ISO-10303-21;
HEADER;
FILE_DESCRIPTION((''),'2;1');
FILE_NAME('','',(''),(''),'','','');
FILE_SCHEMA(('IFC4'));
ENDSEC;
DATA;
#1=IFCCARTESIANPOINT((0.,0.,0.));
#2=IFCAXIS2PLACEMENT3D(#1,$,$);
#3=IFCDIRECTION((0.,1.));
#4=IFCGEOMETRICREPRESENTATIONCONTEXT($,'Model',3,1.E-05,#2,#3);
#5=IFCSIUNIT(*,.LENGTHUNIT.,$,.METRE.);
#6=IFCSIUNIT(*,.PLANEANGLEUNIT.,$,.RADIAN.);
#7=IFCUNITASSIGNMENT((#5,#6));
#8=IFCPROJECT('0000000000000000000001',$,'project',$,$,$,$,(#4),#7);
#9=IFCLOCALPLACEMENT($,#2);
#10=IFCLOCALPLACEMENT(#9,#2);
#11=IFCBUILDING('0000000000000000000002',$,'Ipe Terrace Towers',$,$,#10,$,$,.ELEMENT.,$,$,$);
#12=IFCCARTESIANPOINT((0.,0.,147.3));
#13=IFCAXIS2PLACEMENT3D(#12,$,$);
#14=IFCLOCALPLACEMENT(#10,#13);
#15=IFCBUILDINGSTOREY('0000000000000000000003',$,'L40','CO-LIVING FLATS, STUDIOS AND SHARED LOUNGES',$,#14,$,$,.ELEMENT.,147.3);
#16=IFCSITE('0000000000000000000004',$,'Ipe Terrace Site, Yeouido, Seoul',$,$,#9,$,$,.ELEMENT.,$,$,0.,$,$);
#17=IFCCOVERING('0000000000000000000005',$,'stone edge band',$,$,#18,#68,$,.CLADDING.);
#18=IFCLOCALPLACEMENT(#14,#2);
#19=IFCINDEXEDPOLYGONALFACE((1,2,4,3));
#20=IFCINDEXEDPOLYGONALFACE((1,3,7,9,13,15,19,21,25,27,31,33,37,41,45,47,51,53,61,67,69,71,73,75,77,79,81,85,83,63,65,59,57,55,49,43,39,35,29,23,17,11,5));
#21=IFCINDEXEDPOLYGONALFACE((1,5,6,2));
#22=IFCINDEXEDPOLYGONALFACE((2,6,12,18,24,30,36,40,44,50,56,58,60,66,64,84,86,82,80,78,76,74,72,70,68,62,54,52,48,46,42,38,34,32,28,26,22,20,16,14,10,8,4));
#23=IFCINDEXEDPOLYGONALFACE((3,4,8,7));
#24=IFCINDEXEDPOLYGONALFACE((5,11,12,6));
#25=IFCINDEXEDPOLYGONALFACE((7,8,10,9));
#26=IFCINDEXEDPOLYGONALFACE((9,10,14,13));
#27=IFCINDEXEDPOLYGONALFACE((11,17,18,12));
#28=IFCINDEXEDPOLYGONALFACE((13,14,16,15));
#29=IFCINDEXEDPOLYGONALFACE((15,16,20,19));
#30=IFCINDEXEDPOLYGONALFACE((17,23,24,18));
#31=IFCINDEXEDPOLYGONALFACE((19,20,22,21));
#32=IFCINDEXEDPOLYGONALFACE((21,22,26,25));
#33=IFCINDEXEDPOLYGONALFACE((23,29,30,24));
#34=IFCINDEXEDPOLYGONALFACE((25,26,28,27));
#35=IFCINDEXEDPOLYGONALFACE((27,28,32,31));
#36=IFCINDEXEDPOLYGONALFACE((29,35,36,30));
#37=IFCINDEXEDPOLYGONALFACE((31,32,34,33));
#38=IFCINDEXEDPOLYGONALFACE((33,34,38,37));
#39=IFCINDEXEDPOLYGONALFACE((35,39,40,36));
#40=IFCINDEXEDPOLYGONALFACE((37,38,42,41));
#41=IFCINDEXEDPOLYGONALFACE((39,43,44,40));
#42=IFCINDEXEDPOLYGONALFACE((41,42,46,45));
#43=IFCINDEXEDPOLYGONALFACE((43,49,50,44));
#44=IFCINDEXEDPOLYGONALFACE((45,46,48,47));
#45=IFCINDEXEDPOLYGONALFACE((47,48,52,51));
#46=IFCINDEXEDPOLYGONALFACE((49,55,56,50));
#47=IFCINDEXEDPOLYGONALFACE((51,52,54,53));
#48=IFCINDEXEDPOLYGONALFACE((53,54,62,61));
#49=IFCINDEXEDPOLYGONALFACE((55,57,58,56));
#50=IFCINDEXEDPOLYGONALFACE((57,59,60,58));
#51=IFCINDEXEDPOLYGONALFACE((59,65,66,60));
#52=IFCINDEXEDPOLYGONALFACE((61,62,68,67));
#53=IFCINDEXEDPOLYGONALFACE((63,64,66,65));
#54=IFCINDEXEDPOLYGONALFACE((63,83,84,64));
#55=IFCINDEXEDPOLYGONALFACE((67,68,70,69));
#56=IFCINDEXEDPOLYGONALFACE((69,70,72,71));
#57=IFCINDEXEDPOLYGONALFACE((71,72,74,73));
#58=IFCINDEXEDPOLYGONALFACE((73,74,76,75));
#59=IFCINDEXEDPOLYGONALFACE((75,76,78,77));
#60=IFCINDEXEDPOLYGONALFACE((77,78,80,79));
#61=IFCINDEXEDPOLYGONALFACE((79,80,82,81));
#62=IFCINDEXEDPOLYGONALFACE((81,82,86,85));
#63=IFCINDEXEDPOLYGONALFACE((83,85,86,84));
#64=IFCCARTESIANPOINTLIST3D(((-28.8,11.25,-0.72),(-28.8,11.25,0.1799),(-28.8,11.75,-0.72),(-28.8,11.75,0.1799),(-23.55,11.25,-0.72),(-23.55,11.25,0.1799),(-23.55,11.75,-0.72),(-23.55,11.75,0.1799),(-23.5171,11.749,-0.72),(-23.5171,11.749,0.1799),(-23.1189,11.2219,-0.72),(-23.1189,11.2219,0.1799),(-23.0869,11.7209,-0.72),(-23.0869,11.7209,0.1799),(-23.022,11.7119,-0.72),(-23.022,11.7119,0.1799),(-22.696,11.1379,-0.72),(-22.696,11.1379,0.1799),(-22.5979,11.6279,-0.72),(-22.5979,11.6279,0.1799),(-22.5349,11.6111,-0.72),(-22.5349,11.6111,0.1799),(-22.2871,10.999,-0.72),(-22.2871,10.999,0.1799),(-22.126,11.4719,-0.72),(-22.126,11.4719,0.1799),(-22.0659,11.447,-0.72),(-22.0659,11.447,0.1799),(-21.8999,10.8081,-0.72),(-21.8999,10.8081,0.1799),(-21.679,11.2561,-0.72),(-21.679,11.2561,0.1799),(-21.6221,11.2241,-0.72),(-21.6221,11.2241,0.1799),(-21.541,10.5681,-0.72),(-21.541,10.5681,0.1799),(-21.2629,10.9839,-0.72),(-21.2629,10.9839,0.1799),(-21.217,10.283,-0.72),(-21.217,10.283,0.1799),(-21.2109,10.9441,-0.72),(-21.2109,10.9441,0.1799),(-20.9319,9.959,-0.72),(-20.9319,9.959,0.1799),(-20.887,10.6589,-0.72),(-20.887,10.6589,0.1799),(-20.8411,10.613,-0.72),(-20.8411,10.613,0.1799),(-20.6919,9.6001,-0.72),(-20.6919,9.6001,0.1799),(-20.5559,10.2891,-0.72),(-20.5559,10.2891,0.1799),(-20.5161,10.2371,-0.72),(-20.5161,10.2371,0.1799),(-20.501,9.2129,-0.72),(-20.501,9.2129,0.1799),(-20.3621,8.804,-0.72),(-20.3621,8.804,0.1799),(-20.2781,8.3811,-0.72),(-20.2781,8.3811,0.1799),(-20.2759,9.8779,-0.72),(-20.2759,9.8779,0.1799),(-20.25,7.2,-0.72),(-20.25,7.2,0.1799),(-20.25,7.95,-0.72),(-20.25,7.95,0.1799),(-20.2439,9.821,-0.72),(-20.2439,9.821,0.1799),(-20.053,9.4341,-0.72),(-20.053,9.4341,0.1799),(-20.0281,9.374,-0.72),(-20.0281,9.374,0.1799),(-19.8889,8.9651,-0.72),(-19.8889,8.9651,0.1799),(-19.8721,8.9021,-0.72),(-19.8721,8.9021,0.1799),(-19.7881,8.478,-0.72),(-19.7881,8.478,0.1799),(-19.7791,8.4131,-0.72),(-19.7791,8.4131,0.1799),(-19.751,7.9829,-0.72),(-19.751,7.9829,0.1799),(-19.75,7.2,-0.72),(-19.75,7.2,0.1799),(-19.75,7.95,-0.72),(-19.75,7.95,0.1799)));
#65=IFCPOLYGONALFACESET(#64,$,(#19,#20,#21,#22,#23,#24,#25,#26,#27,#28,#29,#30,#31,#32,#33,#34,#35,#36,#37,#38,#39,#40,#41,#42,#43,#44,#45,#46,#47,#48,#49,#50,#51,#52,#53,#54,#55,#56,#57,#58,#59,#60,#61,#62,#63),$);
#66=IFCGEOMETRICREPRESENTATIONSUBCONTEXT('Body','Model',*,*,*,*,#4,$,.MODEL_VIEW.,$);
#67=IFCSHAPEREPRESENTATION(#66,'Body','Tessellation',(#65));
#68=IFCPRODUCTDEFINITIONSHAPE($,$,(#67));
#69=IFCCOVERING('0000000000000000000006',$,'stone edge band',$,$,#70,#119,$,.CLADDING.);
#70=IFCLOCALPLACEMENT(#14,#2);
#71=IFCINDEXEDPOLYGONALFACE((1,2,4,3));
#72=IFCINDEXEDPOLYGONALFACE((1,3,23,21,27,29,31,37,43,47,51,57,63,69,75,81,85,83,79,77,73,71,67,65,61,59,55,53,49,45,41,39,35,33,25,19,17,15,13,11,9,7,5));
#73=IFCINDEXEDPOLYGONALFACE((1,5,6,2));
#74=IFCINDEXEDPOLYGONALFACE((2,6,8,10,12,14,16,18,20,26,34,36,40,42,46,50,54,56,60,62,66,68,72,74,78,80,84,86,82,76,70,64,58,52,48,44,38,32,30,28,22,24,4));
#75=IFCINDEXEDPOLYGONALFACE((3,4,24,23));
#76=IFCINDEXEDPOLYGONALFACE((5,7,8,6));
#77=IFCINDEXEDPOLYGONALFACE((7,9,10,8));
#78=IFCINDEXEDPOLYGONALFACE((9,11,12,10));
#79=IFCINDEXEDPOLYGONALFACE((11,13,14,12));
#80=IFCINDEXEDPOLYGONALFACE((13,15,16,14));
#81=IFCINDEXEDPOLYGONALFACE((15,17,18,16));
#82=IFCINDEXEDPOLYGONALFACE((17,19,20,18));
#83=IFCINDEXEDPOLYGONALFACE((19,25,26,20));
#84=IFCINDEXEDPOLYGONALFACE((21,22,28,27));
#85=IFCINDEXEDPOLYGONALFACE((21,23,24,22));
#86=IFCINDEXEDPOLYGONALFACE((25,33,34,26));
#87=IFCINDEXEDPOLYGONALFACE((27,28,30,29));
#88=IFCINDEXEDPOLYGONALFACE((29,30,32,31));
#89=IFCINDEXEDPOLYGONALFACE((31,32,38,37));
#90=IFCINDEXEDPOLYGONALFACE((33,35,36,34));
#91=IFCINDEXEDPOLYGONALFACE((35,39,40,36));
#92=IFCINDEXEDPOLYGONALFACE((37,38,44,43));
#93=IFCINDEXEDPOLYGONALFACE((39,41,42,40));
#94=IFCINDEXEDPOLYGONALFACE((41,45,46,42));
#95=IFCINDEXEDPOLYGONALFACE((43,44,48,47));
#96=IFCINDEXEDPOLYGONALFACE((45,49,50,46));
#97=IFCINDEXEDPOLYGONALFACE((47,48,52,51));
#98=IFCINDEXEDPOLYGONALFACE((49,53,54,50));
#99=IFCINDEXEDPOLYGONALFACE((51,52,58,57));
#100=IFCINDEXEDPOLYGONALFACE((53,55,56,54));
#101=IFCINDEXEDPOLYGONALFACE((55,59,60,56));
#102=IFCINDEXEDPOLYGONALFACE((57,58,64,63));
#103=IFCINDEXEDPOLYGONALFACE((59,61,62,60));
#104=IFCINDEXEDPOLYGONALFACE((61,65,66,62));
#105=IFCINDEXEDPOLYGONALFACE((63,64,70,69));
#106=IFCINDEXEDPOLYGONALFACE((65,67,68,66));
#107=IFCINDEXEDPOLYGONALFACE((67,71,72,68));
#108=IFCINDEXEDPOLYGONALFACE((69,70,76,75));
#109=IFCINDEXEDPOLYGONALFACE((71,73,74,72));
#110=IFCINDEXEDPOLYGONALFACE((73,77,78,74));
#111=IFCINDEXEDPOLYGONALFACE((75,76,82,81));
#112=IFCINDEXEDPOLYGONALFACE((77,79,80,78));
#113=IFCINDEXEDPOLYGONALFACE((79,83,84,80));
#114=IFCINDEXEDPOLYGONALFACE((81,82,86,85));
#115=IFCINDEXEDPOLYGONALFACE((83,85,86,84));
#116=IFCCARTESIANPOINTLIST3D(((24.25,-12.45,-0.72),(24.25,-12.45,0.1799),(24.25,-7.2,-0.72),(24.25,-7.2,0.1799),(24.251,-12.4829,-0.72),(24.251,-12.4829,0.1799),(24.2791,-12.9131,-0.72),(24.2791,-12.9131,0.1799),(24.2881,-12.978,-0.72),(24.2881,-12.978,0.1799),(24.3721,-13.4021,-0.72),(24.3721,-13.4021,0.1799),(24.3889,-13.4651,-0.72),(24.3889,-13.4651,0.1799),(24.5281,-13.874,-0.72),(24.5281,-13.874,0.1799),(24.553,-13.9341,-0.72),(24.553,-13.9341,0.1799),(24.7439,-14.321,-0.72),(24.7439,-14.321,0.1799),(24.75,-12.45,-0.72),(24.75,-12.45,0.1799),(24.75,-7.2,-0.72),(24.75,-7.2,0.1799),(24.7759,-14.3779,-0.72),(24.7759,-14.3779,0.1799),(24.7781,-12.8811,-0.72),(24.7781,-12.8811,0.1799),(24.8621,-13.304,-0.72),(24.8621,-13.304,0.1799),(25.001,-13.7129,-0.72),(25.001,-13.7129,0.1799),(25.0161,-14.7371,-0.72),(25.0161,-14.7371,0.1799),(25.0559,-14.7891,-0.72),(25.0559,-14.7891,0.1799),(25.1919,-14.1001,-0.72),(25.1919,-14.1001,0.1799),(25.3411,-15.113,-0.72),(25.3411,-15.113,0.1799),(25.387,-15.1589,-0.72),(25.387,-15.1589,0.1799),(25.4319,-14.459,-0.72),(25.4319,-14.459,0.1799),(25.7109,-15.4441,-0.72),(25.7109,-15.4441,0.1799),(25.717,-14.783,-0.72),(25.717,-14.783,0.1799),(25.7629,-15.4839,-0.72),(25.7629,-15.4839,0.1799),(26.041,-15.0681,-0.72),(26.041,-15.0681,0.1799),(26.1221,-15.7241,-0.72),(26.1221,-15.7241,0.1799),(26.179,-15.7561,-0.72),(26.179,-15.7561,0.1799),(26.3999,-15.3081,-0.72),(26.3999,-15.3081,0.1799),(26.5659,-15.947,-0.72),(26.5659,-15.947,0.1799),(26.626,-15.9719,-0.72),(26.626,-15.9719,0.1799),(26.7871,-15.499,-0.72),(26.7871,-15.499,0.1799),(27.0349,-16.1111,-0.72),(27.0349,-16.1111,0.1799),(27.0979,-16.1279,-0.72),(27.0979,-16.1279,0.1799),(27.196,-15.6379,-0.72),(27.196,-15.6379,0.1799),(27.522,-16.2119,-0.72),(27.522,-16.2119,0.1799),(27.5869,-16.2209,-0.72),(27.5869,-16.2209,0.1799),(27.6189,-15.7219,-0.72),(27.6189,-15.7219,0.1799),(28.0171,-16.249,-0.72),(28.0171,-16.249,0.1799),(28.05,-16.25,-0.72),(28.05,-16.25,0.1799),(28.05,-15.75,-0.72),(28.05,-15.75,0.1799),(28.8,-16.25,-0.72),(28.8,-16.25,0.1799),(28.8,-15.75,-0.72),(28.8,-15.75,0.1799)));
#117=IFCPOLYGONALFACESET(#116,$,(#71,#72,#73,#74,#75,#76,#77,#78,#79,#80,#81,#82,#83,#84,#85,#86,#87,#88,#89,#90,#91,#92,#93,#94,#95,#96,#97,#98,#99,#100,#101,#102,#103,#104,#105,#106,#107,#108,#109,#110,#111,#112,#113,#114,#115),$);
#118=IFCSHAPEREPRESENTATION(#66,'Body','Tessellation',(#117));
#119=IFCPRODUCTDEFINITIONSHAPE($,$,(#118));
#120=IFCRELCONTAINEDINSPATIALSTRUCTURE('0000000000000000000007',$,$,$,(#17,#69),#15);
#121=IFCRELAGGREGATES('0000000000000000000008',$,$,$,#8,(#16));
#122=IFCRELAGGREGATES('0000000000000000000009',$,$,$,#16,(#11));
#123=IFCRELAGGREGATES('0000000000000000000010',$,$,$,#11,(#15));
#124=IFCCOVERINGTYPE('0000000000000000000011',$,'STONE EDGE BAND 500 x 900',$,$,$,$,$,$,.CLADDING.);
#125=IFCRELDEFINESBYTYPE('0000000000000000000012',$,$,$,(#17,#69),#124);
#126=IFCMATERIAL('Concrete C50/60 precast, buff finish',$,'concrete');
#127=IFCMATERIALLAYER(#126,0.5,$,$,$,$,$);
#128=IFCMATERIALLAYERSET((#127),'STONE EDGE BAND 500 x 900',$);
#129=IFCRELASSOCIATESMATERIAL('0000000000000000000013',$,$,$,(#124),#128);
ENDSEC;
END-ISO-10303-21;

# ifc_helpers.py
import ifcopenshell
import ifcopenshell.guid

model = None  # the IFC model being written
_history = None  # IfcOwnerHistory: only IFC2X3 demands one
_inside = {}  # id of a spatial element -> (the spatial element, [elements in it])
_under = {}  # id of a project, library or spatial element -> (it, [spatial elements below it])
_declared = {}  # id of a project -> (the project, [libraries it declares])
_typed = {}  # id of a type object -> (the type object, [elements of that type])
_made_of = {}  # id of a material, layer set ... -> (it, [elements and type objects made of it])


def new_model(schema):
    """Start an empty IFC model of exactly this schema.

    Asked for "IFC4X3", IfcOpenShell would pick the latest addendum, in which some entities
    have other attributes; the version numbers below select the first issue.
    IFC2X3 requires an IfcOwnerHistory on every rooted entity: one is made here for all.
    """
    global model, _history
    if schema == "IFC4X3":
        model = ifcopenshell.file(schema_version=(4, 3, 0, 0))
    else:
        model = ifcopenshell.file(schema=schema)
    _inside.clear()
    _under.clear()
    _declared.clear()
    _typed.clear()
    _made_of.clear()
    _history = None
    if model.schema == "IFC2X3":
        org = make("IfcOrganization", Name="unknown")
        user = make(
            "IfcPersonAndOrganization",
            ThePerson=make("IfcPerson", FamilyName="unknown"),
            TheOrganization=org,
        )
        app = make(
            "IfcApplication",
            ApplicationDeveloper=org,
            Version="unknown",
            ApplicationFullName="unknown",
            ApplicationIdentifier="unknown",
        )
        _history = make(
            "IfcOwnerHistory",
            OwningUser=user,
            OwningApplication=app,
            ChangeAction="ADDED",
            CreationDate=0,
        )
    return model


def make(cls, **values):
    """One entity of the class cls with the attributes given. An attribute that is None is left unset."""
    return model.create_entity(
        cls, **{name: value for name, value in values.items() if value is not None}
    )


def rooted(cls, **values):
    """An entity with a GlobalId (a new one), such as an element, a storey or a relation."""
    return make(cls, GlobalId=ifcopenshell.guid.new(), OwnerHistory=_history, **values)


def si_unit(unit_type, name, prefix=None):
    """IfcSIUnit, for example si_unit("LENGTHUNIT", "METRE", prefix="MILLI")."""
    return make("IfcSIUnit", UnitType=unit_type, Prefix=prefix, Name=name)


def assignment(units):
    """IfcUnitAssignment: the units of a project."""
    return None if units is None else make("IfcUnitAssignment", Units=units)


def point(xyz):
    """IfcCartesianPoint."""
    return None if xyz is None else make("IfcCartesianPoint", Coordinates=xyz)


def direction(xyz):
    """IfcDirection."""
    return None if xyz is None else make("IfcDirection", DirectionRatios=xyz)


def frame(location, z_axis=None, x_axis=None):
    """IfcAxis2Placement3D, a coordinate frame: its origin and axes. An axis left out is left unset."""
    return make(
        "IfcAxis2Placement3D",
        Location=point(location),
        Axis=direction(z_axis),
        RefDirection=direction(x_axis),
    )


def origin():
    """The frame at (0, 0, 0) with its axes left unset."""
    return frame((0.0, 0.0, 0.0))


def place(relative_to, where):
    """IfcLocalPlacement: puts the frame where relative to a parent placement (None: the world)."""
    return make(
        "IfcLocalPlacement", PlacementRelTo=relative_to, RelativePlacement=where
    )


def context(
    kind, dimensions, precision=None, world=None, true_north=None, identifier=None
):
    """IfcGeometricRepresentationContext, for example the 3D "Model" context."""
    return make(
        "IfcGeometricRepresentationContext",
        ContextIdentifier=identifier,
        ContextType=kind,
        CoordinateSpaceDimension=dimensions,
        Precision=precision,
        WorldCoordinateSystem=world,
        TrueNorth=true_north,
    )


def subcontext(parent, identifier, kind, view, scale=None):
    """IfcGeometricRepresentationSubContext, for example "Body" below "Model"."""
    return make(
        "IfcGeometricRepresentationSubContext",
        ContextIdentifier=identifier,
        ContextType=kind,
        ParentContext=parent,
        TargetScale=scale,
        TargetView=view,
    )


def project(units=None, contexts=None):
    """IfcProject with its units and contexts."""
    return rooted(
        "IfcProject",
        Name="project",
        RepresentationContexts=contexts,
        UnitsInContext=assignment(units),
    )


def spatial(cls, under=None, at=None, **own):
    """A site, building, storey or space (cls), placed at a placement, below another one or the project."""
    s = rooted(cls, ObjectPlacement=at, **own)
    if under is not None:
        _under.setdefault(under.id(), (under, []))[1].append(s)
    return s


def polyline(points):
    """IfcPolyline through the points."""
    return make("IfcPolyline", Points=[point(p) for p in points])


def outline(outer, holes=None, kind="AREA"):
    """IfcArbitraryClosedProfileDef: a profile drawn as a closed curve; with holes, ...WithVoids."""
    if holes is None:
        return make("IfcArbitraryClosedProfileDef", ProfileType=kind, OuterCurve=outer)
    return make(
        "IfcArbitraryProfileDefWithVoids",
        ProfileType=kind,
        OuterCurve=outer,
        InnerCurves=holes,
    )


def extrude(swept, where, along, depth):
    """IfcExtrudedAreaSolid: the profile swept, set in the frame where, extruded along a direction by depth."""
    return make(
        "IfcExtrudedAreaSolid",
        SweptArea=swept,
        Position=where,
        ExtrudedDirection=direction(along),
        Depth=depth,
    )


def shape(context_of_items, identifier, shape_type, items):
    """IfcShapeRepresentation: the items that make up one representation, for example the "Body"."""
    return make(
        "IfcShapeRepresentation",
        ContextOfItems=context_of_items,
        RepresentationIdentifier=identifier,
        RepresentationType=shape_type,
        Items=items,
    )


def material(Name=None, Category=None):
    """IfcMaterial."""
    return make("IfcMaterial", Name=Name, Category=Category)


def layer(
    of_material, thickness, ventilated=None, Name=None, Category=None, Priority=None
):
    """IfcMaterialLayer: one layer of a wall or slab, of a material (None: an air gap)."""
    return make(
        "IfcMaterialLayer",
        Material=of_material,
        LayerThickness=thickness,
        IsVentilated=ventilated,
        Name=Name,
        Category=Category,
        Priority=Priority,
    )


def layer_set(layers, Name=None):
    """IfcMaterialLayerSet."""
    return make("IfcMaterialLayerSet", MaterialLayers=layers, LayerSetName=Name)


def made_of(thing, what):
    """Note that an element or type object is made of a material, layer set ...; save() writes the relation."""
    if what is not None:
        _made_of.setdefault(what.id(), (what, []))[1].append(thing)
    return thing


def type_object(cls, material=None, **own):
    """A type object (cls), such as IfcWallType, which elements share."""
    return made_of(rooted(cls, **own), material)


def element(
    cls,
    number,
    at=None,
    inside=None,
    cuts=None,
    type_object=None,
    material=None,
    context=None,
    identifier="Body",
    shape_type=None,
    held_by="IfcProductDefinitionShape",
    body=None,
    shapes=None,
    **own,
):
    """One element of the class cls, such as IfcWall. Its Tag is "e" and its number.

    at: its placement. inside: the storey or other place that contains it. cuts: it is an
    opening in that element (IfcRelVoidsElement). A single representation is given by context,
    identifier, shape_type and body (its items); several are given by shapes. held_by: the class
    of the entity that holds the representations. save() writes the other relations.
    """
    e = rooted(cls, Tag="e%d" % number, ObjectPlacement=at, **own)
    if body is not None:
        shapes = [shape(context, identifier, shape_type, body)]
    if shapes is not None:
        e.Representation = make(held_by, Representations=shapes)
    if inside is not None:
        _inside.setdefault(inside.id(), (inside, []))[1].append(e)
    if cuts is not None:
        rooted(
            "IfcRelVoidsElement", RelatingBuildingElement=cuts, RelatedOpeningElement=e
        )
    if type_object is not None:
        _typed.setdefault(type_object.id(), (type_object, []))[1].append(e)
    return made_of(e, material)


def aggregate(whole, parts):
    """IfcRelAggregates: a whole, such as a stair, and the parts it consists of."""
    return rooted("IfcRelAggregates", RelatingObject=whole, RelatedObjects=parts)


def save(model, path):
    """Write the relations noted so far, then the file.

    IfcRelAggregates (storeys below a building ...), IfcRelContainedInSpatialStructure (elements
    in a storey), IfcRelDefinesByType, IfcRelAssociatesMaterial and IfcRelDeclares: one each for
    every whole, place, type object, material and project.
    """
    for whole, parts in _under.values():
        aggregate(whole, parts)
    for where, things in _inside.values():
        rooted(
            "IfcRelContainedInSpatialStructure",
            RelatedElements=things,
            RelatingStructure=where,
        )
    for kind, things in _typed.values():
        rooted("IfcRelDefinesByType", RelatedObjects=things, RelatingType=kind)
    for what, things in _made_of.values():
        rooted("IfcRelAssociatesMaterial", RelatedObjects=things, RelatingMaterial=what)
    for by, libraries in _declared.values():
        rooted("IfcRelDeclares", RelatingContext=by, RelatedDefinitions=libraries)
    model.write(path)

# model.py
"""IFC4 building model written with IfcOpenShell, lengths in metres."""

from ifc_helpers import new_model, si_unit, direction, frame, origin, place, context, subcontext, project, spatial, polyline, outline, extrude, material, layer, layer_set, type_object, element, save


model = new_model("IFC4")

# Units and contexts
model_context = context("Model", 3, precision=1e-05, world=origin(), true_north=direction((0.0, 1.0)))
body_context = subcontext(model_context, "Body", "Model", "MODEL_VIEW")
ifc_project = project(units=[si_unit("LENGTHUNIT", "METRE"), si_unit("PLANEANGLEUNIT", "RADIAN")], contexts=[model_context])

# Site, building, storey
site_placement = place(None, origin())
site = spatial("IfcSite", under=ifc_project, at=site_placement, Name="Ipe Terrace Site, Yeouido, Seoul", CompositionType="ELEMENT", RefElevation=0.0)
building_placement = place(site_placement, origin())
building = spatial("IfcBuilding", under=site, at=building_placement, Name="Ipe Terrace Towers", CompositionType="ELEMENT")
storey_placement = place(building_placement, frame((0.0, 0.0, 147.3)))
storey = spatial("IfcBuildingStorey", under=building, at=storey_placement, Name="L40", Description="CO-LIVING FLATS, STUDIOS AND SHARED LOUNGES", CompositionType="ELEMENT", Elevation=147.3)

# Coverings
ifc_material_1 = material(Name="Concrete C50/60 precast, buff finish", Category="concrete")
ifc_layer_1 = layer(ifc_material_1, 0.5)
ifc_layer_set_1 = layer_set([ifc_layer_1], Name="STONE EDGE BAND 500 x 900")
covering_type = type_object("IfcCoveringType", Name="STONE EDGE BAND 500 x 900", PredefinedType="CLADDING", material=ifc_layer_set_1)
covering_1_placement = place(storey_placement, frame((0.0, 0.0, -0.72)))
element("IfcCovering", 1, at=covering_1_placement, inside=storey, type_object=covering_type, Name="stone edge band", PredefinedType="CLADDING", context=body_context, shape_type="SweptSolid", body=[
    extrude(outline(polyline([(-23.55, 11.75), (-28.8, 11.75), (-28.8, 11.25), (-23.55, 11.25), (-23.1189, 11.2219), (-22.696, 11.1379), (-22.2871, 10.999), (-21.8999, 10.8081), (-21.541, 10.5681), (-21.217, 10.283), (-20.9319, 9.959), (-20.6919, 9.6001), (-20.501, 9.2129), (-20.3621, 8.804), (-20.2781, 8.3811), (-20.25, 7.95), (-20.25, 7.2), (-19.75, 7.2), (-19.75, 7.95), (-19.751, 7.9829), (-19.7791, 8.4131), (-19.7881, 8.478), (-19.8721, 8.9021), (-19.8889, 8.9651), (-20.0281, 9.374), (-20.053, 9.4341), (-20.2439, 9.821), (-20.2759, 9.8779), (-20.5161, 10.2371), (-20.5559, 10.2891), (-20.8411, 10.613), (-20.887, 10.6589), (-21.2109, 10.9441), (-21.2629, 10.9839), (-21.6221, 11.2241), (-21.679, 11.2561), (-22.0659, 11.447), (-22.126, 11.4719), (-22.5349, 11.6111), (-22.5979, 11.6279), (-23.022, 11.7119), (-23.0869, 11.7209), (-23.5171, 11.749), (-23.55, 11.75)])), origin(), (0.0, 0.0, 1.0), 0.8999),
])
covering_2_placement = place(storey_placement, frame((0.0, 0.0, -0.72)))
element("IfcCovering", 2, at=covering_2_placement, inside=storey, type_object=covering_type, Name="stone edge band", PredefinedType="CLADDING", context=body_context, shape_type="SweptSolid", body=[
    extrude(outline(polyline([(24.25, -12.45), (24.251, -12.4829), (24.2791, -12.9131), (24.2881, -12.978), (24.3721, -13.4021), (24.3889, -13.4651), (24.5281, -13.874), (24.553, -13.9341), (24.7439, -14.321), (24.7759, -14.3779), (25.0161, -14.7371), (25.0559, -14.7891), (25.3411, -15.113), (25.387, -15.1589), (25.7109, -15.4441), (25.7629, -15.4839), (26.1221, -15.7241), (26.179, -15.7561), (26.5659, -15.947), (26.626, -15.9719), (27.0349, -16.1111), (27.0979, -16.1279), (27.522, -16.2119), (27.5869, -16.2209), (28.0171, -16.249), (28.05, -16.25), (28.8, -16.25), (28.8, -15.75), (28.05, -15.75), (27.6189, -15.7219), (27.196, -15.6379), (26.7871, -15.499), (26.3999, -15.3081), (26.041, -15.0681), (25.717, -14.783), (25.4319, -14.459), (25.1919, -14.1001), (25.001, -13.7129), (24.8621, -13.304), (24.7781, -12.8811), (24.75, -12.45), (24.75, -7.2), (24.25, -7.2), (24.25, -12.45)])), origin(), (0.0, 0.0, 1.0), 0.8999),
])

save(model, "model.ifc")
